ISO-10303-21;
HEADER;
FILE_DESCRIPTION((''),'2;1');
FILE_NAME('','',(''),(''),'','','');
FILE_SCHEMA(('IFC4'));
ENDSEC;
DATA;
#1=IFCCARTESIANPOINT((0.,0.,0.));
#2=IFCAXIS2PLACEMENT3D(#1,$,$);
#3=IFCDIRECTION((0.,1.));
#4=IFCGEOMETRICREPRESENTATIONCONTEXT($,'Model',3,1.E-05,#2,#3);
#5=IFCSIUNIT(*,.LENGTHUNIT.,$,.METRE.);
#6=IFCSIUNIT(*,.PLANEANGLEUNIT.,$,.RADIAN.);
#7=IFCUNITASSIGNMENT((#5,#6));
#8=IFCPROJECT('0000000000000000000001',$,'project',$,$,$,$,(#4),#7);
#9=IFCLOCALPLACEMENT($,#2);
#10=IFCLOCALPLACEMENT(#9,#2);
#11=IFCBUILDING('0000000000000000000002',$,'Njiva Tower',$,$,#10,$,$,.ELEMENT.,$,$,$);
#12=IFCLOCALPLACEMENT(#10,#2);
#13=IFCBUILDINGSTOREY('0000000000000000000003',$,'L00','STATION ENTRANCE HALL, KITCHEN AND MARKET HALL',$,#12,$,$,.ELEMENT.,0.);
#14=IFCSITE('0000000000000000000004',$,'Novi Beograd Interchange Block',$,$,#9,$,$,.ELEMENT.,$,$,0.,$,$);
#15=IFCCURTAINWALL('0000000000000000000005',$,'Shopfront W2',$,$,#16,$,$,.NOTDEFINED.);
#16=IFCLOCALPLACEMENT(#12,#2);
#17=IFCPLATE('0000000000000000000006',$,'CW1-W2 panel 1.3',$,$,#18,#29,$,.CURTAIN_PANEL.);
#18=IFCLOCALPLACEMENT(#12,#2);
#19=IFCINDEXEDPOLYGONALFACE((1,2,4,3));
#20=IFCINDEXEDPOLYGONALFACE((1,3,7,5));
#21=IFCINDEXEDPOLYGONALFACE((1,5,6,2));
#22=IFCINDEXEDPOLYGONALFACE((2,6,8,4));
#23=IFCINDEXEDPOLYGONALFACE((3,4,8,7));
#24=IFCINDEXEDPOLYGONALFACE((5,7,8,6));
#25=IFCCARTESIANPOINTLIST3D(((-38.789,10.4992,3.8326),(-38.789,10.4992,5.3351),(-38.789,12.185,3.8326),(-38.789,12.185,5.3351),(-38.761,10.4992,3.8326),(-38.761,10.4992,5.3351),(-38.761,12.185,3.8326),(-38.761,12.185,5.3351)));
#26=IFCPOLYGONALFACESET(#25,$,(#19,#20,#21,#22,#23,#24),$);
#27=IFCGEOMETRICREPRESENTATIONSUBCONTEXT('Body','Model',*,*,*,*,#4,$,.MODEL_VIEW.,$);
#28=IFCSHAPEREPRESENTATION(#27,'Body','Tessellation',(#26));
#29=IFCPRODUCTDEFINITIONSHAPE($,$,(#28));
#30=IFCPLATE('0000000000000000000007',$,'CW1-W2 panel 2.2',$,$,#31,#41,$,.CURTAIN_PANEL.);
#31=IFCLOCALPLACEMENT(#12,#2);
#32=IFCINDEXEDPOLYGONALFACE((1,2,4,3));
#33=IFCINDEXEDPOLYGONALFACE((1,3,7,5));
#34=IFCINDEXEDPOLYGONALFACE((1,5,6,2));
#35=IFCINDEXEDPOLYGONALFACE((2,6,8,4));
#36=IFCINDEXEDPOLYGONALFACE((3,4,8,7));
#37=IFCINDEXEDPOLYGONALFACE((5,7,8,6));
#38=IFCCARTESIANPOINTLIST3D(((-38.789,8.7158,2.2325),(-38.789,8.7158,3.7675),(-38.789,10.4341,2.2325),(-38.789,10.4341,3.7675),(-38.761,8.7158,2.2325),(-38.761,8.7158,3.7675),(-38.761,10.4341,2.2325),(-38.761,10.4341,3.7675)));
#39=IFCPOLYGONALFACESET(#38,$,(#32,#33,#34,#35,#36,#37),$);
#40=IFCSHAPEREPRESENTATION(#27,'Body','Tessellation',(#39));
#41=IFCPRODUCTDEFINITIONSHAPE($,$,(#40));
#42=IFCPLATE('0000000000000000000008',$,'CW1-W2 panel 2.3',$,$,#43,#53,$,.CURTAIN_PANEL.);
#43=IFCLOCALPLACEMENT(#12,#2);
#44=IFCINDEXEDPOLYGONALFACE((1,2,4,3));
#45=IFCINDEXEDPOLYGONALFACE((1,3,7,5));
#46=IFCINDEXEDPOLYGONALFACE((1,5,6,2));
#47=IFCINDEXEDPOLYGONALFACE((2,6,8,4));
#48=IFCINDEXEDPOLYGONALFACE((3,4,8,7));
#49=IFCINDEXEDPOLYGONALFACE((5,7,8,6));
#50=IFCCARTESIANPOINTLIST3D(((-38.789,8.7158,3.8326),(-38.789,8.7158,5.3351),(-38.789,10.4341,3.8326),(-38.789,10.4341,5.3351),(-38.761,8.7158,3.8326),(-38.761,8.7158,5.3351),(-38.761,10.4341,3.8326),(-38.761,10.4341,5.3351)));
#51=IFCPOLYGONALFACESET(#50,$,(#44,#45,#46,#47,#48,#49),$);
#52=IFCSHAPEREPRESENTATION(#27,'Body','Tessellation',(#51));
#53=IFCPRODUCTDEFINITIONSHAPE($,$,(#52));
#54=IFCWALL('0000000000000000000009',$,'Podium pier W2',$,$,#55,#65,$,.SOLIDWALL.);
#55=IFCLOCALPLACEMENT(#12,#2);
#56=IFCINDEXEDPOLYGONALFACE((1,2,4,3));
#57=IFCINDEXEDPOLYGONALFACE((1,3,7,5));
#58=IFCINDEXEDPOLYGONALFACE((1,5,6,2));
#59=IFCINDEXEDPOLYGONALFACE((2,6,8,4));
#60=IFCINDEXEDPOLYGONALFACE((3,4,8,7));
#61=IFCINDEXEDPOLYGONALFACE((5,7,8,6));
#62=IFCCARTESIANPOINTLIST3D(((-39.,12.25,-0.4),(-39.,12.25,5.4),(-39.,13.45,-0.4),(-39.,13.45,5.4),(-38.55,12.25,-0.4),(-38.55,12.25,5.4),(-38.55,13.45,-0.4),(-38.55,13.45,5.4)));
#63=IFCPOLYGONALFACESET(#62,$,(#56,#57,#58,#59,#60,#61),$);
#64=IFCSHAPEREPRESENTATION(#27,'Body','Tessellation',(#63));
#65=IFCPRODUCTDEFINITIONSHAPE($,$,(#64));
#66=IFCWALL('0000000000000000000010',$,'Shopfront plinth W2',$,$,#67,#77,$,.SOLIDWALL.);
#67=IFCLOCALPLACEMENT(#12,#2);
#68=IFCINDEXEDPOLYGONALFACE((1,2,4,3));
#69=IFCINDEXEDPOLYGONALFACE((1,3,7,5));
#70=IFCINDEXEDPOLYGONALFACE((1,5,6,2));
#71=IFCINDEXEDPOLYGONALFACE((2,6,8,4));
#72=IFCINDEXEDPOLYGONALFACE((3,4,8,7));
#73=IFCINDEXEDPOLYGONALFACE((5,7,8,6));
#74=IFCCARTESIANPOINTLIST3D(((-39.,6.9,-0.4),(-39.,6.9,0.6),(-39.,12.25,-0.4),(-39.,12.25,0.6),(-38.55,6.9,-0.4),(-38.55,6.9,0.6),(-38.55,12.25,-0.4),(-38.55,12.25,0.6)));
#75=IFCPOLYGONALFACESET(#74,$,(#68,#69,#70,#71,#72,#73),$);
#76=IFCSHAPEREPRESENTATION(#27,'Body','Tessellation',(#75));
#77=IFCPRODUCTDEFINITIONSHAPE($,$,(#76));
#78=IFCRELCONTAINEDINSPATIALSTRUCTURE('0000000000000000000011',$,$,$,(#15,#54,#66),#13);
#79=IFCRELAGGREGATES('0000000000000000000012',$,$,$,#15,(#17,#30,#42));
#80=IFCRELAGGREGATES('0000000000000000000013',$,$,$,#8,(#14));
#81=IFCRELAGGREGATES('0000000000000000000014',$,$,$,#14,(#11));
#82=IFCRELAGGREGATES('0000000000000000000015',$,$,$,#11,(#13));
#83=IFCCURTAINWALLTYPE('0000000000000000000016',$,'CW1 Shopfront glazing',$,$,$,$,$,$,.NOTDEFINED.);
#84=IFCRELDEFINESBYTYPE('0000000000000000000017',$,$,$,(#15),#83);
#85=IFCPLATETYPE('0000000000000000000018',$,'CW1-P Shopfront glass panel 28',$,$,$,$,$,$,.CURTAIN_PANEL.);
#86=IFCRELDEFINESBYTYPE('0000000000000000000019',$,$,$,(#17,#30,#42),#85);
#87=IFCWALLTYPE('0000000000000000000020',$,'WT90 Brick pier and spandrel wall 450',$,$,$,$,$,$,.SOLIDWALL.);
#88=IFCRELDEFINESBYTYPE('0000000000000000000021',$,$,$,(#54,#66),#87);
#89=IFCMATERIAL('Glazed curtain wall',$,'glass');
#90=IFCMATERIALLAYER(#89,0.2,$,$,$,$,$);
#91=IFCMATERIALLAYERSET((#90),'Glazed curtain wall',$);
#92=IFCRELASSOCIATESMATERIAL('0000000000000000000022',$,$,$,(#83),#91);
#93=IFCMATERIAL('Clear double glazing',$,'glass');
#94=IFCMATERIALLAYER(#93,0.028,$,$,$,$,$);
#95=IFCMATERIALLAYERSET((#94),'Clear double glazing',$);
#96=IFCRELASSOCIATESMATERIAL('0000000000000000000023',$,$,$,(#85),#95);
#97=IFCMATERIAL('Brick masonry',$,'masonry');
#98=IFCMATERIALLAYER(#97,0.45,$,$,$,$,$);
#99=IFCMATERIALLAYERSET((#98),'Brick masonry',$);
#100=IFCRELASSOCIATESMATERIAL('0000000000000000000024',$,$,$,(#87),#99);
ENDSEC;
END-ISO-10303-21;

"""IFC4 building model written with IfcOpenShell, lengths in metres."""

from ifc_helpers import new_model, si_unit, direction, frame, origin, origin_2d, place, context, subcontext, project, spatial, polyline, rectangle, outline, extrude, material, layer, layer_set, type_object, element, aggregate, save


model = new_model("IFC4")

# Units and contexts
model_context = context("Model", 3, precision=1e-05, world=origin(), true_north=direction((0.0, 1.0)))
body_context = subcontext(model_context, "Body", "Model", "MODEL_VIEW")
ifc_project = project(units=[si_unit("LENGTHUNIT", "METRE"), si_unit("PLANEANGLEUNIT", "RADIAN")], contexts=[model_context])

# Site, building, storey
site_placement = place(None, origin())
site = spatial("IfcSite", under=ifc_project, at=site_placement, Name="Novi Beograd Interchange Block", CompositionType="ELEMENT", RefElevation=0.0)
building_placement = place(site_placement, origin())
building = spatial("IfcBuilding", under=site, at=building_placement, Name="Njiva Tower", CompositionType="ELEMENT")
storey_placement = place(building_placement, origin())
storey = spatial("IfcBuildingStorey", under=building, at=storey_placement, Name="L00", Description="STATION ENTRANCE HALL, KITCHEN AND MARKET HALL", CompositionType="ELEMENT", Elevation=0.0)

# Curtain wall
ifc_material_1 = material(Name="Glazed curtain wall", Category="glass")
ifc_layer_1 = layer(ifc_material_1, 0.2)
ifc_layer_set_1 = layer_set([ifc_layer_1], Name="Glazed curtain wall")
curtain_wall_type = type_object("IfcCurtainWallType", Name="CW1 Shopfront glazing", PredefinedType="NOTDEFINED", material=ifc_layer_set_1)
curtain_wall_1_placement = place(storey_placement, origin())
curtain_wall_1 = element("IfcCurtainWall", 1, at=curtain_wall_1_placement, inside=storey, type_object=curtain_wall_type, Name="Shopfront W2", PredefinedType="NOTDEFINED")

# Plates
ifc_material_2 = material(Name="Clear double glazing", Category="glass")
ifc_layer_2 = layer(ifc_material_2, 0.028)
ifc_layer_set_2 = layer_set([ifc_layer_2], Name="Clear double glazing")
plate_type = type_object("IfcPlateType", Name="CW1-P Shopfront glass panel 28", PredefinedType="CURTAIN_PANEL", material=ifc_layer_set_2)
plate_1_placement = place(storey_placement, frame((-38.775, 11.3421, 3.8326), z_axis=(0.0, 0.0, 1.0), x_axis=(0.0, -1.0, 0.0)))
plate_1 = element("IfcPlate", 2, at=plate_1_placement, type_object=plate_type, Name="CW1-W2 panel 1.3", PredefinedType="CURTAIN_PANEL", context=body_context, shape_type="SweptSolid", body=[
    extrude(rectangle(XDim=1.6858, YDim=0.028, at=origin_2d()), origin(), (0.0, 0.0, 1.0), 1.5025),
])
plate_2_placement = place(storey_placement, frame((-38.775, 9.575, 2.2325), z_axis=(0.0, 0.0, 1.0), x_axis=(0.0, -1.0, 0.0)))
plate_2 = element("IfcPlate", 3, at=plate_2_placement, type_object=plate_type, Name="CW1-W2 panel 2.2", PredefinedType="CURTAIN_PANEL", context=body_context, shape_type="SweptSolid", body=[
    extrude(rectangle(XDim=1.7183, YDim=0.028, at=origin_2d()), origin(), (0.0, 0.0, 1.0), 1.535),
])
plate_3_placement = place(storey_placement, frame((-38.775, 9.575, 3.8326), z_axis=(0.0, 0.0, 1.0), x_axis=(0.0, -1.0, 0.0)))
plate_3 = element("IfcPlate", 4, at=plate_3_placement, type_object=plate_type, Name="CW1-W2 panel 2.3", PredefinedType="CURTAIN_PANEL", context=body_context, shape_type="SweptSolid", body=[
    extrude(rectangle(XDim=1.7183, YDim=0.028, at=origin_2d()), origin(), (0.0, 0.0, 1.0), 1.5025),
])
aggregate(curtain_wall_1, [plate_1, plate_2, plate_3])

# Walls
ifc_material_3 = material(Name="Brick masonry", Category="masonry")
ifc_layer_3 = layer(ifc_material_3, 0.45)
ifc_layer_set_3 = layer_set([ifc_layer_3], Name="Brick masonry")
wall_type = type_object("IfcWallType", Name="WT90 Brick pier and spandrel wall 450", PredefinedType="SOLIDWALL", material=ifc_layer_set_3)
wall_1_placement = place(storey_placement, frame((-38.775, 13.45, -0.4), z_axis=(0.0, 0.0, 1.0), x_axis=(0.0, -1.0, 0.0)))
element("IfcWall", 5, at=wall_1_placement, inside=storey, type_object=wall_type, Name="Podium pier W2", PredefinedType="SOLIDWALL", context=body_context, shape_type="SweptSolid", body=[
    extrude(outline(polyline([(0.0, -0.225), (1.2, -0.225), (1.2, 0.225), (0.0, 0.225), (0.0, -0.225)])), origin(), (0.0, 0.0, 1.0), 5.8),
])
wall_2_placement = place(storey_placement, frame((-38.775, 12.25, -0.4), z_axis=(0.0, 0.0, 1.0), x_axis=(0.0, -1.0, 0.0)))
element("IfcWall", 6, at=wall_2_placement, inside=storey, type_object=wall_type, Name="Shopfront plinth W2", PredefinedType="SOLIDWALL", context=body_context, shape_type="SweptSolid", body=[
    extrude(outline(polyline([(0.0, -0.225), (5.35, -0.225), (5.35, 0.225), (0.0, 0.225), (0.0, -0.225)])), origin(), (0.0, 0.0, 1.0), 1.0),
])

save(model, "model.ifc")
